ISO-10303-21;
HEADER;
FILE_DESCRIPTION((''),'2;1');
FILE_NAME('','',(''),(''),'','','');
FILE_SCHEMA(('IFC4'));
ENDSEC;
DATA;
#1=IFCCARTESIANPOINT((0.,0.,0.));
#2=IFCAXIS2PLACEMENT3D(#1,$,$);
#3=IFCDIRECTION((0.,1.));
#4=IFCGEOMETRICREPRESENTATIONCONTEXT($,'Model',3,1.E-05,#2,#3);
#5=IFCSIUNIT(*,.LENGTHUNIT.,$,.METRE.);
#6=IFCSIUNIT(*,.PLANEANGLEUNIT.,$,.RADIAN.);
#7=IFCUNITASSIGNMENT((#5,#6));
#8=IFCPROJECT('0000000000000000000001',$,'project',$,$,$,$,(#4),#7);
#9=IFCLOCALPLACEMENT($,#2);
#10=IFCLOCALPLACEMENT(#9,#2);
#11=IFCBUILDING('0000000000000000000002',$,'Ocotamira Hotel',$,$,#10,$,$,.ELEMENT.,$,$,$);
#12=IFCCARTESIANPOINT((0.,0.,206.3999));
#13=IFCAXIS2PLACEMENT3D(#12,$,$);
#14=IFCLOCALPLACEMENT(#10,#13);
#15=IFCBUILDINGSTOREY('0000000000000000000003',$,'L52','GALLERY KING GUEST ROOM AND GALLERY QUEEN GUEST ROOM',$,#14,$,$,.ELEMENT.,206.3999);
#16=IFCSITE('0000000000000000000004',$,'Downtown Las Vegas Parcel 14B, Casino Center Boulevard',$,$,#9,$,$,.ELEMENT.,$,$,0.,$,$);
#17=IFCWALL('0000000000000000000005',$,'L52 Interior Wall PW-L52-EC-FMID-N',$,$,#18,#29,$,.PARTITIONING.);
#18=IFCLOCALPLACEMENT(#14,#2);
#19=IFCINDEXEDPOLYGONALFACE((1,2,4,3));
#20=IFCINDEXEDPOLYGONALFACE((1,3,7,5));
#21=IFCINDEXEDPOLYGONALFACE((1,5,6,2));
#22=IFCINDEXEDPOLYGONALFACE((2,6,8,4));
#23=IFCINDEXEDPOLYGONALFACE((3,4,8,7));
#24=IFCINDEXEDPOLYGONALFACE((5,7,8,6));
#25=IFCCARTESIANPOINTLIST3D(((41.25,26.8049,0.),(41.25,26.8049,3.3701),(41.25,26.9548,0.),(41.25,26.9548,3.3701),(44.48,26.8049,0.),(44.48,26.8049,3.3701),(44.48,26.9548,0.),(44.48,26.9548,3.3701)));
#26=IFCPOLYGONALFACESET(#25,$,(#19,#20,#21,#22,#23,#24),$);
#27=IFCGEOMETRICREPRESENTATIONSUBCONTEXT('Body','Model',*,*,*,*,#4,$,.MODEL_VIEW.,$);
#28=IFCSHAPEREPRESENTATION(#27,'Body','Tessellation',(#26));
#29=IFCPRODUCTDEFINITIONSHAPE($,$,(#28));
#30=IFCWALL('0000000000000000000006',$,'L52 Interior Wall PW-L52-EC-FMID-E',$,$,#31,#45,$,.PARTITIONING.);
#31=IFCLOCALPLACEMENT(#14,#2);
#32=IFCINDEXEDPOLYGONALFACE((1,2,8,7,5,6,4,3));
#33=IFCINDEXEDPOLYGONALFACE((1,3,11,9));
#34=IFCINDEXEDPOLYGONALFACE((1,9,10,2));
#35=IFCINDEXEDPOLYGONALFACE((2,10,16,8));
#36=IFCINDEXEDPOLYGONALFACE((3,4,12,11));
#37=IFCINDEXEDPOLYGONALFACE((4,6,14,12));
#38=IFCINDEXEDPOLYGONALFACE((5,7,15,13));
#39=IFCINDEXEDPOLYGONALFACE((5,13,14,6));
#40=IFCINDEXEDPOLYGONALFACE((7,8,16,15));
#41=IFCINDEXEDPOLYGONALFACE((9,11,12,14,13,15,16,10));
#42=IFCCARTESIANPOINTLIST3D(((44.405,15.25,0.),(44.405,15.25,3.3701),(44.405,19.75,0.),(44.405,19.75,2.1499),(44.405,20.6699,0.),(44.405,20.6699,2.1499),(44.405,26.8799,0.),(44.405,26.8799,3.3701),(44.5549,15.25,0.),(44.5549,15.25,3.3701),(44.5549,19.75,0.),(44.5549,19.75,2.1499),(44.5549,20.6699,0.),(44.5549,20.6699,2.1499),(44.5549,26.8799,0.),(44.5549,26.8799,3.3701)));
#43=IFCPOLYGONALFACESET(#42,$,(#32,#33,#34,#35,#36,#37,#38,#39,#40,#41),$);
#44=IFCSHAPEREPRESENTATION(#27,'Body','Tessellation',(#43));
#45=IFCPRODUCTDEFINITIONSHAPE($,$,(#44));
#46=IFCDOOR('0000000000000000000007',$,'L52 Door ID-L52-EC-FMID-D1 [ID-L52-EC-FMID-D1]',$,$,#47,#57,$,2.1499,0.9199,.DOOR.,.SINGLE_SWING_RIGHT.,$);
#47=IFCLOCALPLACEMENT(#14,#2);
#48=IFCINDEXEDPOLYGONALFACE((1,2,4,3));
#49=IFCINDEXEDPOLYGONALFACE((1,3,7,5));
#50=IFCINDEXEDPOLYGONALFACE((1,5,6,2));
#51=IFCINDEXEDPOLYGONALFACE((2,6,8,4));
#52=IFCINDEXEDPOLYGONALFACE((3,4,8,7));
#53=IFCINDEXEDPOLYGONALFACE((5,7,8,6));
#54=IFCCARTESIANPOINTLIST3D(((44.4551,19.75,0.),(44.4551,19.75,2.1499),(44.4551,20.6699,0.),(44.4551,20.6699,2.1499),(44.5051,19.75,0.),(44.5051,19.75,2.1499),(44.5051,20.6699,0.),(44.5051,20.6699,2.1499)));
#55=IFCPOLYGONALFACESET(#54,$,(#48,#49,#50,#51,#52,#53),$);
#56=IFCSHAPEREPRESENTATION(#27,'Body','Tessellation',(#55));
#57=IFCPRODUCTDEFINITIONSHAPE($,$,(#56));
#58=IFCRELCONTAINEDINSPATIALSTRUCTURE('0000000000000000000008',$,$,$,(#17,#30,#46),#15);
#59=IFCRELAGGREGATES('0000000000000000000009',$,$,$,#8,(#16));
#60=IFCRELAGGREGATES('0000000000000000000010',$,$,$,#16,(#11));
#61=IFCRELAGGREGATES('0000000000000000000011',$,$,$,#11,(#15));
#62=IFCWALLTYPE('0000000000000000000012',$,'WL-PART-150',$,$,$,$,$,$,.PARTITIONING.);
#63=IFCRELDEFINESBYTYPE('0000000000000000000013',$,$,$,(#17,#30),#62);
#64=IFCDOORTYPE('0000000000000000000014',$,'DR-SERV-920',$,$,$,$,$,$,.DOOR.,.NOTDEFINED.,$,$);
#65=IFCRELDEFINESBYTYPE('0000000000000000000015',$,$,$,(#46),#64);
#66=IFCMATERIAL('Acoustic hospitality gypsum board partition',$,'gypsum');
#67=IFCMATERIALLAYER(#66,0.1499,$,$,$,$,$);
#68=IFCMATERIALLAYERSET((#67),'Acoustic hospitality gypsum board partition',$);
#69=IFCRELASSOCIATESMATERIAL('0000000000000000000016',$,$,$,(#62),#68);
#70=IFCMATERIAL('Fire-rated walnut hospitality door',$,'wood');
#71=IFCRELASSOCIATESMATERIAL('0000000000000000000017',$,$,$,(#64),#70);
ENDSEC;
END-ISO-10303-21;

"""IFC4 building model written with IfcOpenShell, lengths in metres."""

from ifc_helpers import new_model, si_unit, direction, frame, frame_2d, origin, place, context, subcontext, project, spatial, rectangle, extrude, source, transform, mapped, material, layer, layer_set, type_object, element, fill, save


model = new_model("IFC4")

# Units and contexts
model_context = context("Model", 3, precision=1e-05, world=origin(), true_north=direction((0.0, 1.0)))
body_context = subcontext(model_context, "Body", "Model", "MODEL_VIEW")
ifc_project = project(units=[si_unit("LENGTHUNIT", "METRE"), si_unit("PLANEANGLEUNIT", "RADIAN")], contexts=[model_context])

# Site, building, storey
site_placement = place(None, origin())
site = spatial("IfcSite", under=ifc_project, at=site_placement, Name="Downtown Las Vegas Parcel 14B, Casino Center Boulevard", CompositionType="ELEMENT", RefElevation=0.0)
building_placement = place(site_placement, origin())
building = spatial("IfcBuilding", under=site, at=building_placement, Name="Ocotamira Hotel", CompositionType="ELEMENT")
storey_placement = place(building_placement, frame((0.0, 0.0, 206.3999)))
storey = spatial("IfcBuildingStorey", under=building, at=storey_placement, Name="L52", Description="GALLERY KING GUEST ROOM AND GALLERY QUEEN GUEST ROOM", CompositionType="ELEMENT", Elevation=206.3999)

# Wall
ifc_material_1 = material(Name="Acoustic hospitality gypsum board partition", Category="gypsum")
ifc_layer_1 = layer(ifc_material_1, 0.1499)
ifc_layer_set_1 = layer_set([ifc_layer_1], Name="Acoustic hospitality gypsum board partition")
wall_type_1 = type_object("IfcWallType", Name="WL-PART-150", PredefinedType="PARTITIONING", material=ifc_layer_set_1)
wall_1_placement = place(storey_placement, frame((41.25, 26.8799, 0.0), z_axis=(0.0, 0.0, 1.0), x_axis=(1.0, 0.0, 0.0)))
element("IfcWall", 1, at=wall_1_placement, inside=storey, type_object=wall_type_1, Name="L52 Interior Wall PW-L52-EC-FMID-N", PredefinedType="PARTITIONING", context=body_context, shape_type="SweptSolid", body=[
    extrude(rectangle(XDim=3.23, YDim=0.1499, at=frame_2d((1.615, 0.0))), origin(), (0.0, 0.0, 1.0), 3.3701),
])

# Wall, opening, door
wall_2_placement = place(storey_placement, frame((44.48, 15.25, 0.0), z_axis=(0.0, 0.0, 1.0), x_axis=(0.0, 1.0, 0.0)))
wall_2 = element("IfcWall", 2, at=wall_2_placement, inside=storey, type_object=wall_type_1, Name="L52 Interior Wall PW-L52-EC-FMID-E", PredefinedType="PARTITIONING", context=body_context, shape_type="SweptSolid", body=[
    extrude(rectangle(XDim=11.6299, YDim=0.1499, at=frame_2d((5.8149, 0.0))), origin(), (0.0, 0.0, 1.0), 3.3701),
])
opening_1_placement = place(wall_2_placement, frame((4.5, 0.0, 0.0)))
opening_1 = element("IfcOpeningElement", 3, at=opening_1_placement, cuts=wall_2, PredefinedType="OPENING", context=body_context, shape_type="SweptSolid", body=[
    extrude(rectangle(XDim=0.9199, YDim=2.1499, at=frame_2d((0.46, 1.075))), frame((0.0, 0.085, 0.0), z_axis=(0.0, -1.0, 0.0), x_axis=(1.0, 0.0, 0.0)), (0.0, 0.0, 1.0), 0.1699),
])
ifc_material_2 = material(Name="Fire-rated walnut hospitality door", Category="wood")
door_type_1 = type_object("IfcDoorType", Name="DR-SERV-920", OperationType="NOTDEFINED", PredefinedType="DOOR", material=ifc_material_2)
shared_shape_1 = source(origin(), body_context, "Body", "SweptSolid", [
    extrude(rectangle(XDim=0.9199, YDim=2.1499, at=frame_2d((0.46, 1.075))), frame((0.0, 0.0249, 0.0), z_axis=(0.0, -1.0, 0.0), x_axis=(1.0, 0.0, 0.0)), (0.0, 0.0, 1.0), 0.05),
])
door_1_placement = place(opening_1_placement, origin())
door_1 = element("IfcDoor", 4, at=door_1_placement, inside=storey, type_object=door_type_1, Name="L52 Door ID-L52-EC-FMID-D1 [ID-L52-EC-FMID-D1]", OperationType="SINGLE_SWING_RIGHT", OverallHeight=2.1499, OverallWidth=0.9199, PredefinedType="DOOR", context=body_context, shape_type="MappedRepresentation", body=[
    mapped(shared_shape_1, transform((0.0, 0.0, 0.0), scale=1.0)),
])
fill(opening_1, door_1)

save(model, "model.ifc")
